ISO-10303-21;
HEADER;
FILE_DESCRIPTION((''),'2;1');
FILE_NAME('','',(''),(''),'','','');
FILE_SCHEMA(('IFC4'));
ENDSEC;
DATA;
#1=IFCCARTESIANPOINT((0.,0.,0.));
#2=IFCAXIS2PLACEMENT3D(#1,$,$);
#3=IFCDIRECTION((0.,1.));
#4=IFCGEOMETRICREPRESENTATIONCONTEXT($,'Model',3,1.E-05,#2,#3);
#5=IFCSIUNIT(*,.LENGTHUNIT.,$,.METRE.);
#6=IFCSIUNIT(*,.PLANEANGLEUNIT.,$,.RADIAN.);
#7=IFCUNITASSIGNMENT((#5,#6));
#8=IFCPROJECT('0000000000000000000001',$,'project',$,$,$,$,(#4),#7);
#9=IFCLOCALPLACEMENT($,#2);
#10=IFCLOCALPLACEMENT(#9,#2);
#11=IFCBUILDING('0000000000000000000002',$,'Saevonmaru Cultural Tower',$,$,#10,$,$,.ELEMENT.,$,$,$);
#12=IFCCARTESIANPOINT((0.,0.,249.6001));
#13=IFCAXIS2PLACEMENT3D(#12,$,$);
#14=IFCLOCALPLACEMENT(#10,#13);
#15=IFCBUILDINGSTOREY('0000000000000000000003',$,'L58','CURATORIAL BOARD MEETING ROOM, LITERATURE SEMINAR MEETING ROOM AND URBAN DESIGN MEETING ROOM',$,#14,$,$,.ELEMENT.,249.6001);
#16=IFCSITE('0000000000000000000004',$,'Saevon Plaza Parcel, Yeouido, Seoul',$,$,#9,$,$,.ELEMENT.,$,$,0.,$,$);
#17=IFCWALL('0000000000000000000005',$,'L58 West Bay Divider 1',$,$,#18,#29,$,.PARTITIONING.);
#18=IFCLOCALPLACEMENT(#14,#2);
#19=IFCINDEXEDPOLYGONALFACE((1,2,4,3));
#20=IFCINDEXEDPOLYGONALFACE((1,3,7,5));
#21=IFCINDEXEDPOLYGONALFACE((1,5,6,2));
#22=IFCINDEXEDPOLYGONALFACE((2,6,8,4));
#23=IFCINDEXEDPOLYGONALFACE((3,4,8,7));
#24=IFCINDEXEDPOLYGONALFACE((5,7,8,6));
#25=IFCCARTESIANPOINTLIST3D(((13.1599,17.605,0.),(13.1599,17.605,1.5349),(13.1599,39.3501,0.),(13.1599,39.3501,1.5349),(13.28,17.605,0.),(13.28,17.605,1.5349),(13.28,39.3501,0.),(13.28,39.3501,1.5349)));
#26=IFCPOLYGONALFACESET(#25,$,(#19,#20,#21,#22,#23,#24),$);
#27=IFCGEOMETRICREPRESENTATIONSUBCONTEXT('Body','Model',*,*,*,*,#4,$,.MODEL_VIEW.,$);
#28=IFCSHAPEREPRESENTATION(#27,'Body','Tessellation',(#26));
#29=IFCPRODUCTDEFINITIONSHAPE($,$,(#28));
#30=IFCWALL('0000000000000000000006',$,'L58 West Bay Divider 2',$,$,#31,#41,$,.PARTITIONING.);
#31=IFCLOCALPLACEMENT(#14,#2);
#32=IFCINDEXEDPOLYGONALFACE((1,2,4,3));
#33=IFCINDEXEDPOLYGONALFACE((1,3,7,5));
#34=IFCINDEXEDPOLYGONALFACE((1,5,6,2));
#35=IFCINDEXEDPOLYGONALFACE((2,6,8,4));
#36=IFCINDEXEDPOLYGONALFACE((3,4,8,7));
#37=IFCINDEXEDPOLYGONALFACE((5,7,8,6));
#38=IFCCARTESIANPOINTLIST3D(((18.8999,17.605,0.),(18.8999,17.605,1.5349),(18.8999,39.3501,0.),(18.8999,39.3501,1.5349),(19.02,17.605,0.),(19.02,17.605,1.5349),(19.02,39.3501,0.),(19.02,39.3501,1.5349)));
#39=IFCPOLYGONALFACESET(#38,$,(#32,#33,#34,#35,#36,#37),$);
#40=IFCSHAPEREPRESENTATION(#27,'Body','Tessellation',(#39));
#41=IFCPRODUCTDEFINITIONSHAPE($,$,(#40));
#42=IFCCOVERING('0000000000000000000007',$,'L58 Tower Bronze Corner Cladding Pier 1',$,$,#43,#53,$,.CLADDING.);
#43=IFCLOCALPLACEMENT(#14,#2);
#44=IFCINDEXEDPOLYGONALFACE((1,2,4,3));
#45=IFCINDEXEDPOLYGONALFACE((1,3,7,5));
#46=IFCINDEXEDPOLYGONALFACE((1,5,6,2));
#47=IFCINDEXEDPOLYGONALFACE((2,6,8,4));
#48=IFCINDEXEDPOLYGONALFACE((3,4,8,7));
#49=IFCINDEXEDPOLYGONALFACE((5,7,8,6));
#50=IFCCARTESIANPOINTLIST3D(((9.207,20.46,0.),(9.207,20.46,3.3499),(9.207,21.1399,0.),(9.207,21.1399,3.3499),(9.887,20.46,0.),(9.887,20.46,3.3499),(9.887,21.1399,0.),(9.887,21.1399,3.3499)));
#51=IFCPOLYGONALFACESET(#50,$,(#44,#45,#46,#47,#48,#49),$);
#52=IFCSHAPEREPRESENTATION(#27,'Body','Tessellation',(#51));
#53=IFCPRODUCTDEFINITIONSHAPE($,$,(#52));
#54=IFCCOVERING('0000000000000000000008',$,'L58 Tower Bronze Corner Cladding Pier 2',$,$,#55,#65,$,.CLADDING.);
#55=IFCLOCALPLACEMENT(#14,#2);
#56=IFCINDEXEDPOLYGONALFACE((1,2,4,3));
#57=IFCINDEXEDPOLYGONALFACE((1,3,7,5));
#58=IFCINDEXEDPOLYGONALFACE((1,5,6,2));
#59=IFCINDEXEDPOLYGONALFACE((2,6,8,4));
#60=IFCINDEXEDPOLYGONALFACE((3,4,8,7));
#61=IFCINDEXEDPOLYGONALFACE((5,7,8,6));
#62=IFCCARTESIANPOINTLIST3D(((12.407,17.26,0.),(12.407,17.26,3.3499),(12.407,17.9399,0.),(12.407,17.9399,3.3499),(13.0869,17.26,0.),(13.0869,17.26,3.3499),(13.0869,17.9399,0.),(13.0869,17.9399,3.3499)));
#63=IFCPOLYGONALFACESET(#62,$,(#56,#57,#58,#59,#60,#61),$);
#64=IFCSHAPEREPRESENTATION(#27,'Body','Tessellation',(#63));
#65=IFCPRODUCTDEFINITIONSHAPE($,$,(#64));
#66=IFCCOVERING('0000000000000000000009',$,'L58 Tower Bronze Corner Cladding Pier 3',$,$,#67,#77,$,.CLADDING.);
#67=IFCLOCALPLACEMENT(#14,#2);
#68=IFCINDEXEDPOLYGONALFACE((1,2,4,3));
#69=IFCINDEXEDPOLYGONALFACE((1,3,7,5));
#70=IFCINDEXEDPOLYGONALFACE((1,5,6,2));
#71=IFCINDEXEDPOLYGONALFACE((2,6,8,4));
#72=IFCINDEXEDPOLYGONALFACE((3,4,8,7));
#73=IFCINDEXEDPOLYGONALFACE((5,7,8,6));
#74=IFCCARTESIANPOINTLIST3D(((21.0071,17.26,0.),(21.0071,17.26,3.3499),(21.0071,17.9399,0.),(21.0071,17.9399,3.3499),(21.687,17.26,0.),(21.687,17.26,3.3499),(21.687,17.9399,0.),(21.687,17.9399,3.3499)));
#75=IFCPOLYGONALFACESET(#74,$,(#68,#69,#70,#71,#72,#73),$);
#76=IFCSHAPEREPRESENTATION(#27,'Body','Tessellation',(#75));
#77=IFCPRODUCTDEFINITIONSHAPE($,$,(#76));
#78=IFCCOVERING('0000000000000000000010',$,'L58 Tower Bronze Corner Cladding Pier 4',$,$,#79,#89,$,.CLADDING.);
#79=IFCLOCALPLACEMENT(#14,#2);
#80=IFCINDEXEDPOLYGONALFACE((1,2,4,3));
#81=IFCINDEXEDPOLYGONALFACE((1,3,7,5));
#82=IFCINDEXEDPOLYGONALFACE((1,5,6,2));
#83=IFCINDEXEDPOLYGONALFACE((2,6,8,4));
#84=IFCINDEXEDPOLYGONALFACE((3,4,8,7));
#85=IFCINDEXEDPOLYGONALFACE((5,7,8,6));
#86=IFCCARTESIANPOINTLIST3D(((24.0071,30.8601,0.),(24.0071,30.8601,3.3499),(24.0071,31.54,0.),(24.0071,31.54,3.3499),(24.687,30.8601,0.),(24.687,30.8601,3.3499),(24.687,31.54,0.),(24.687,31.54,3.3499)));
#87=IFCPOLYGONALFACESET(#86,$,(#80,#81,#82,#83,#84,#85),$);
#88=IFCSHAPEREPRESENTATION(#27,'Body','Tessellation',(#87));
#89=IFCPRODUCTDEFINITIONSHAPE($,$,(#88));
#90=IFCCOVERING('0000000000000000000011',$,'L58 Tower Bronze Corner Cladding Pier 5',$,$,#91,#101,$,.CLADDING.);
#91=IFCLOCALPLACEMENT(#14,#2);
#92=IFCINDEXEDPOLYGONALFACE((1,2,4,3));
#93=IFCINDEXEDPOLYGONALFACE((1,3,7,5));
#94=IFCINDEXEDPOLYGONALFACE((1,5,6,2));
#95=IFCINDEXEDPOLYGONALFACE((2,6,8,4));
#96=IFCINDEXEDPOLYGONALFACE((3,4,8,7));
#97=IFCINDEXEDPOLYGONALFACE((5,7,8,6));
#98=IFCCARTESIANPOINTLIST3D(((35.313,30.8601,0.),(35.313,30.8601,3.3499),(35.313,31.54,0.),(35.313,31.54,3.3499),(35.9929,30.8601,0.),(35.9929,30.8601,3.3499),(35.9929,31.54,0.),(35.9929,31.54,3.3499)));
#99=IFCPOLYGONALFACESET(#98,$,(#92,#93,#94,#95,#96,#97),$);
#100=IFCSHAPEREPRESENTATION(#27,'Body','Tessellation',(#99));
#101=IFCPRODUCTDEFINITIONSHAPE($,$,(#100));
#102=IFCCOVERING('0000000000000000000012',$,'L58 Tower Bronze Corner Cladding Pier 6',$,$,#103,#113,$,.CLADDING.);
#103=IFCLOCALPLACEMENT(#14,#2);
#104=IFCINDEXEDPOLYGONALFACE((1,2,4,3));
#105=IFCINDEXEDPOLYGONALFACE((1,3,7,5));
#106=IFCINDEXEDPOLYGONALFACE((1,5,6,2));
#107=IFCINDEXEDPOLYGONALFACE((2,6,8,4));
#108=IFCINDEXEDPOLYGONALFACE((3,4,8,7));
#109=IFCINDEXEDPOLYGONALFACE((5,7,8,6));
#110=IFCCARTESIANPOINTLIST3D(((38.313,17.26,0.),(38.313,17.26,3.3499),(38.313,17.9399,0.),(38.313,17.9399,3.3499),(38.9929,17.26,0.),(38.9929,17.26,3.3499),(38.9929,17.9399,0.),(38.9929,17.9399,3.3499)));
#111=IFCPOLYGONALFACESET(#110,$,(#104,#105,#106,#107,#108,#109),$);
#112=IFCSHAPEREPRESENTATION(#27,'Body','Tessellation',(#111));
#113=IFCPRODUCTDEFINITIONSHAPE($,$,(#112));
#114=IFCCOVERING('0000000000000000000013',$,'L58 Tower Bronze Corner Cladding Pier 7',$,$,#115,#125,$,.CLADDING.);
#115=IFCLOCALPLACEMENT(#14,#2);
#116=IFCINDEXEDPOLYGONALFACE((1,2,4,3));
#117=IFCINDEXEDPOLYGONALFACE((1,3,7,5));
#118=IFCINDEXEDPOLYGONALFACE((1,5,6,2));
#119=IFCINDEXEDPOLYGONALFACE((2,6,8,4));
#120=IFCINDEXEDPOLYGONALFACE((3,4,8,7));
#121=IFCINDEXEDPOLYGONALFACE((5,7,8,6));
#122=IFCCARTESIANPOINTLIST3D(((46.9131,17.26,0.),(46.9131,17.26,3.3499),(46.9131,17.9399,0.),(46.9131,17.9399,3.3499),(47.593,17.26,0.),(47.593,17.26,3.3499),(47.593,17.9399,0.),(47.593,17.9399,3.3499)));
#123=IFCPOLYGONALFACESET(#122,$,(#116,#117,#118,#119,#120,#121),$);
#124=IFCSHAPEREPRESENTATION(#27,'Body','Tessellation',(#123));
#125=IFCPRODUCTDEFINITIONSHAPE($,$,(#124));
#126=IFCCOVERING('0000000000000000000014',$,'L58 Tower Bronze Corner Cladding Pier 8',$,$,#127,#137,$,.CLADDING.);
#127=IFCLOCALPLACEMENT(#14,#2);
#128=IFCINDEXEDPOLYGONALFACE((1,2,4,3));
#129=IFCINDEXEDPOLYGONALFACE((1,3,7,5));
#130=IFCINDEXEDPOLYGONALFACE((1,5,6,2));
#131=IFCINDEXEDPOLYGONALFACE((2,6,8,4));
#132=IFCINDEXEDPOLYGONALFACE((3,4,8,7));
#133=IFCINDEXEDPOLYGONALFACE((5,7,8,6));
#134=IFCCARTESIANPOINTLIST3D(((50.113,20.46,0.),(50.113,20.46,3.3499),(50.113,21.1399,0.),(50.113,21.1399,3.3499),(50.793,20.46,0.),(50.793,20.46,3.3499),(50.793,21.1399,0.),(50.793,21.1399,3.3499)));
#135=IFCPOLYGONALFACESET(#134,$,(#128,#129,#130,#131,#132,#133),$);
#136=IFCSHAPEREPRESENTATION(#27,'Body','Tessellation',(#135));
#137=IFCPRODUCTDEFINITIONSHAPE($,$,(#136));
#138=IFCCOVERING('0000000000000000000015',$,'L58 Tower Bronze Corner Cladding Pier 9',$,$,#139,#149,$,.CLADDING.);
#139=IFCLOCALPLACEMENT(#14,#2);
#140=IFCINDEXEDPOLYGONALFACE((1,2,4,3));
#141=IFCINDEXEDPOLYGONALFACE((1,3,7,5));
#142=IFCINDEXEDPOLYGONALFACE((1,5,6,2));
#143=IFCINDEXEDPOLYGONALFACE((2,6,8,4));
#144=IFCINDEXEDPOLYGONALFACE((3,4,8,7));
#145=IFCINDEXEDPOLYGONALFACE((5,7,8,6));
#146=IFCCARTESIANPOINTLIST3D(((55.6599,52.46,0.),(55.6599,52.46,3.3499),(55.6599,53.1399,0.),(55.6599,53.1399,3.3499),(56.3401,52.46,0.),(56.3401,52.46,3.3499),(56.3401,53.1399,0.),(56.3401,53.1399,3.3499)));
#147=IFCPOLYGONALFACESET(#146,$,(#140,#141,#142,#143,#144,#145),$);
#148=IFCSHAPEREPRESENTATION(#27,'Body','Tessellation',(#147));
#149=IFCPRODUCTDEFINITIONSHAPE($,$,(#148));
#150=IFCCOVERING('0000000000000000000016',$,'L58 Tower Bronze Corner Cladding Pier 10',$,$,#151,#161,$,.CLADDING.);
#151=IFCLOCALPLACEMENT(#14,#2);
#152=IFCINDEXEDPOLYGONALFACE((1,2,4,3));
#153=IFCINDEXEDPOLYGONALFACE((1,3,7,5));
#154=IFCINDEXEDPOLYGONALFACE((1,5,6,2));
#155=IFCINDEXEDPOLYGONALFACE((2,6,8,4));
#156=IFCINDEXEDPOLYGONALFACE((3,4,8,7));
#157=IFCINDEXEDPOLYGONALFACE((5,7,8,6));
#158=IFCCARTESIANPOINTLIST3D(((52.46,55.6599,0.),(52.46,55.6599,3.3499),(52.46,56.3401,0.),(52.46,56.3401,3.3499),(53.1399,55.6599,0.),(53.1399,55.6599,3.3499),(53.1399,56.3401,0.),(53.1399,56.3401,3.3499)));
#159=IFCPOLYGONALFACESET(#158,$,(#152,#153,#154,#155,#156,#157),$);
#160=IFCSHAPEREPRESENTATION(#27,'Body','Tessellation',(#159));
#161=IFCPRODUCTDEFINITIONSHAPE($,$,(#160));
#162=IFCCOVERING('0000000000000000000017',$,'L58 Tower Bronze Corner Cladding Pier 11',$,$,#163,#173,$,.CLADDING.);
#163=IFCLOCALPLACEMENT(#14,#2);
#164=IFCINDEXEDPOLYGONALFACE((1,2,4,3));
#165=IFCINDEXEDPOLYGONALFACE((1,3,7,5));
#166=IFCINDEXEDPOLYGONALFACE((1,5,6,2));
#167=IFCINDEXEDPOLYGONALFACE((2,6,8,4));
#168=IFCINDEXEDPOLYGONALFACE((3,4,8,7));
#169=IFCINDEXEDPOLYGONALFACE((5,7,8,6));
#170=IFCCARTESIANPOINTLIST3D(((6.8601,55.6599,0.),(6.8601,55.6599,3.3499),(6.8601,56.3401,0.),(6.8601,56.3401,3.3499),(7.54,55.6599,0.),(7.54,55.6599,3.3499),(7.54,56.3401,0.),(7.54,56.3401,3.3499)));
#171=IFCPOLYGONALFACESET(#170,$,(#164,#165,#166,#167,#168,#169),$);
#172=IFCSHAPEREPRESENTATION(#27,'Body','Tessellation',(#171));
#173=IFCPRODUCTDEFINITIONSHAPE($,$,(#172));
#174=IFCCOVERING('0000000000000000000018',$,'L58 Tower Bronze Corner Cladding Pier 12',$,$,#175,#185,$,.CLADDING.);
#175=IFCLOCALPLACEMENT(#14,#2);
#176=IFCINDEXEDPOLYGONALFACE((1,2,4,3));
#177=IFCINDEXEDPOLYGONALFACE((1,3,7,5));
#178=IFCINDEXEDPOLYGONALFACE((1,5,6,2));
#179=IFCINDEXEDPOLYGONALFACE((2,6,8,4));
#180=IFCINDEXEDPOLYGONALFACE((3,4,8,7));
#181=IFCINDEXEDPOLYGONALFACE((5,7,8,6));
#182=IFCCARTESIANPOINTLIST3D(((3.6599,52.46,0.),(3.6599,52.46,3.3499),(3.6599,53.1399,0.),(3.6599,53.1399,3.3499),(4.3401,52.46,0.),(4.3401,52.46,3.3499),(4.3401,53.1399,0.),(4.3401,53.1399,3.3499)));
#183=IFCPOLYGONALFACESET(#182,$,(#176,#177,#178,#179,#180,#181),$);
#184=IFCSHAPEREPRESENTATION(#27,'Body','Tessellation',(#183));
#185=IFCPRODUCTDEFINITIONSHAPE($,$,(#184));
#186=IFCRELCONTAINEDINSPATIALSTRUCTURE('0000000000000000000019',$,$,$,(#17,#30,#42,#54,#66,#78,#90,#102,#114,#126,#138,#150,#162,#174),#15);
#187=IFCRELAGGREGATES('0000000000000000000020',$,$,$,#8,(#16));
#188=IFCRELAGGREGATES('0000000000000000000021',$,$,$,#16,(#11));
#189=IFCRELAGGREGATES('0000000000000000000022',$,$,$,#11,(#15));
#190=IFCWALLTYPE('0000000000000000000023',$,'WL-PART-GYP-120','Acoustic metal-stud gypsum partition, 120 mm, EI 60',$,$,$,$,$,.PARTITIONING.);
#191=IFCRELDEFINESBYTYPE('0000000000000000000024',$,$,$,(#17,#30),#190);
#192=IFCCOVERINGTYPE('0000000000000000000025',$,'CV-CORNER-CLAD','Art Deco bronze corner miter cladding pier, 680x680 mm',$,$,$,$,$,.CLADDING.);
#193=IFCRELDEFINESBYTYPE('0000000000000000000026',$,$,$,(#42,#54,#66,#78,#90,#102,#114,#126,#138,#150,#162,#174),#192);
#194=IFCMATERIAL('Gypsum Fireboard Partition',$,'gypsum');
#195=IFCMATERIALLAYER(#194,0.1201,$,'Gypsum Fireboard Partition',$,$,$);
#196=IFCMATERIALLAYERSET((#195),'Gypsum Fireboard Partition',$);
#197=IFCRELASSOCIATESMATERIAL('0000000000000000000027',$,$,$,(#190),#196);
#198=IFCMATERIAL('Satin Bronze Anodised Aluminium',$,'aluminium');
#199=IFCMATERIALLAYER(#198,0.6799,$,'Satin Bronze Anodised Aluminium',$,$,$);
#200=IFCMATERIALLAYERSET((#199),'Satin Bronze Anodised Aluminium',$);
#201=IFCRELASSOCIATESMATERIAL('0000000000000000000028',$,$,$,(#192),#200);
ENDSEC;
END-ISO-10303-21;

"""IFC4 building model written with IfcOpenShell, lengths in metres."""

from ifc_helpers import new_model, si_unit, direction, frame, frame_2d, origin, place, context, subcontext, project, spatial, polyline, rectangle, outline, extrude, material, layer, layer_set, type_object, element, save


model = new_model("IFC4")

# Units and contexts
model_context = context("Model", 3, precision=1e-05, world=origin(), true_north=direction((0.0, 1.0)))
body_context = subcontext(model_context, "Body", "Model", "MODEL_VIEW")
ifc_project = project(units=[si_unit("LENGTHUNIT", "METRE"), si_unit("PLANEANGLEUNIT", "RADIAN")], contexts=[model_context])

# Site, building, storey
site_placement = place(None, origin())
site = spatial("IfcSite", under=ifc_project, at=site_placement, Name="Saevon Plaza Parcel, Yeouido, Seoul", CompositionType="ELEMENT", RefElevation=0.0)
building_placement = place(site_placement, origin())
building = spatial("IfcBuilding", under=site, at=building_placement, Name="Saevonmaru Cultural Tower", CompositionType="ELEMENT")
storey_placement = place(building_placement, frame((0.0, 0.0, 249.6001)))
storey = spatial("IfcBuildingStorey", under=building, at=storey_placement, Name="L58", Description="CURATORIAL BOARD MEETING ROOM, LITERATURE SEMINAR MEETING ROOM AND URBAN DESIGN MEETING ROOM", CompositionType="ELEMENT", Elevation=249.6001)

# Shared definitions
ifc_material_1 = material(Name="Satin Bronze Anodised Aluminium", Category="aluminium")

# Walls
ifc_material_2 = material(Name="Gypsum Fireboard Partition", Category="gypsum")
ifc_layer_1 = layer(ifc_material_2, 0.1201, Name="Gypsum Fireboard Partition")
ifc_layer_set_1 = layer_set([ifc_layer_1], Name="Gypsum Fireboard Partition")
wall_type_1 = type_object("IfcWallType", Name="WL-PART-GYP-120", Description="Acoustic metal-stud gypsum partition, 120 mm, EI 60", PredefinedType="PARTITIONING", material=ifc_layer_set_1)
for number, where, z_axis, x_axis, name in (
    (1, (13.22, 17.605, 0.0), (0.0, 0.0, 1.0), (0.0, 1.0, 0.0), "L58 West Bay Divider 1"),
    (2, (18.96, 17.605, 0.0), (0.0, 0.0, 1.0), (0.0, 1.0, 0.0), "L58 West Bay Divider 2"),
):
    element("IfcWall", number, at=place(storey_placement, frame(where, z_axis=z_axis, x_axis=x_axis)), inside=storey, type_object=wall_type_1, Name=name, PredefinedType="PARTITIONING", context=body_context, shape_type="SweptSolid", body=[
        extrude(rectangle(XDim=21.7451, YDim=0.1201, at=frame_2d((10.8726, 0.0))), origin(), (0.0, 0.0, 1.0), 1.5349),
    ])

# Coverings
ifc_layer_2 = layer(ifc_material_1, 0.6799, Name="Satin Bronze Anodised Aluminium")
ifc_layer_set_2 = layer_set([ifc_layer_2], Name="Satin Bronze Anodised Aluminium")
covering_type = type_object("IfcCoveringType", Name="CV-CORNER-CLAD", Description="Art Deco bronze corner miter cladding pier, 680x680 mm", PredefinedType="CLADDING", material=ifc_layer_set_2)
covering_1_placement = place(storey_placement, origin())
element("IfcCovering", 3, at=covering_1_placement, inside=storey, type_object=covering_type, Name="L58 Tower Bronze Corner Cladding Pier 1", PredefinedType="CLADDING", context=body_context, shape_type="SweptSolid", body=[
    extrude(outline(polyline([(9.207, 20.46), (9.887, 20.46), (9.887, 21.1399), (9.207, 21.1399), (9.207, 20.46)])), origin(), (0.0, 0.0, 1.0), 3.3499),
])
covering_2_placement = place(storey_placement, origin())
element("IfcCovering", 4, at=covering_2_placement, inside=storey, type_object=covering_type, Name="L58 Tower Bronze Corner Cladding Pier 2", PredefinedType="CLADDING", context=body_context, shape_type="SweptSolid", body=[
    extrude(outline(polyline([(12.407, 17.26), (13.0869, 17.26), (13.0869, 17.9399), (12.407, 17.9399), (12.407, 17.26)])), origin(), (0.0, 0.0, 1.0), 3.3499),
])
covering_3_placement = place(storey_placement, origin())
element("IfcCovering", 5, at=covering_3_placement, inside=storey, type_object=covering_type, Name="L58 Tower Bronze Corner Cladding Pier 3", PredefinedType="CLADDING", context=body_context, shape_type="SweptSolid", body=[
    extrude(outline(polyline([(21.0071, 17.26), (21.687, 17.26), (21.687, 17.9399), (21.0071, 17.9399), (21.0071, 17.26)])), origin(), (0.0, 0.0, 1.0), 3.3499),
])
covering_4_placement = place(storey_placement, origin())
element("IfcCovering", 6, at=covering_4_placement, inside=storey, type_object=covering_type, Name="L58 Tower Bronze Corner Cladding Pier 4", PredefinedType="CLADDING", context=body_context, shape_type="SweptSolid", body=[
    extrude(outline(polyline([(24.0071, 30.8601), (24.687, 30.8601), (24.687, 31.54), (24.0071, 31.54), (24.0071, 30.8601)])), origin(), (0.0, 0.0, 1.0), 3.3499),
])
covering_5_placement = place(storey_placement, origin())
element("IfcCovering", 7, at=covering_5_placement, inside=storey, type_object=covering_type, Name="L58 Tower Bronze Corner Cladding Pier 5", PredefinedType="CLADDING", context=body_context, shape_type="SweptSolid", body=[
    extrude(outline(polyline([(35.313, 30.8601), (35.9929, 30.8601), (35.9929, 31.54), (35.313, 31.54), (35.313, 30.8601)])), origin(), (0.0, 0.0, 1.0), 3.3499),
])
covering_6_placement = place(storey_placement, origin())
element("IfcCovering", 8, at=covering_6_placement, inside=storey, type_object=covering_type, Name="L58 Tower Bronze Corner Cladding Pier 6", PredefinedType="CLADDING", context=body_context, shape_type="SweptSolid", body=[
    extrude(outline(polyline([(38.313, 17.26), (38.9929, 17.26), (38.9929, 17.9399), (38.313, 17.9399), (38.313, 17.26)])), origin(), (0.0, 0.0, 1.0), 3.3499),
])
covering_7_placement = place(storey_placement, origin())
element("IfcCovering", 9, at=covering_7_placement, inside=storey, type_object=covering_type, Name="L58 Tower Bronze Corner Cladding Pier 7", PredefinedType="CLADDING", context=body_context, shape_type="SweptSolid", body=[
    extrude(outline(polyline([(46.9131, 17.26), (47.593, 17.26), (47.593, 17.9399), (46.9131, 17.9399), (46.9131, 17.26)])), origin(), (0.0, 0.0, 1.0), 3.3499),
])
covering_8_placement = place(storey_placement, origin())
element("IfcCovering", 10, at=covering_8_placement, inside=storey, type_object=covering_type, Name="L58 Tower Bronze Corner Cladding Pier 8", PredefinedType="CLADDING", context=body_context, shape_type="SweptSolid", body=[
    extrude(outline(polyline([(50.113, 20.46), (50.793, 20.46), (50.793, 21.1399), (50.113, 21.1399), (50.113, 20.46)])), origin(), (0.0, 0.0, 1.0), 3.3499),
])
covering_9_placement = place(storey_placement, origin())
element("IfcCovering", 11, at=covering_9_placement, inside=storey, type_object=covering_type, Name="L58 Tower Bronze Corner Cladding Pier 9", PredefinedType="CLADDING", context=body_context, shape_type="SweptSolid", body=[
    extrude(outline(polyline([(55.6599, 52.46), (56.3401, 52.46), (56.3401, 53.1399), (55.6599, 53.1399), (55.6599, 52.46)])), origin(), (0.0, 0.0, 1.0), 3.3499),
])
covering_10_placement = place(storey_placement, origin())
element("IfcCovering", 12, at=covering_10_placement, inside=storey, type_object=covering_type, Name="L58 Tower Bronze Corner Cladding Pier 10", PredefinedType="CLADDING", context=body_context, shape_type="SweptSolid", body=[
    extrude(outline(polyline([(52.46, 55.6599), (53.1399, 55.6599), (53.1399, 56.3401), (52.46, 56.3401), (52.46, 55.6599)])), origin(), (0.0, 0.0, 1.0), 3.3499),
])
covering_11_placement = place(storey_placement, origin())
element("IfcCovering", 13, at=covering_11_placement, inside=storey, type_object=covering_type, Name="L58 Tower Bronze Corner Cladding Pier 11", PredefinedType="CLADDING", context=body_context, shape_type="SweptSolid", body=[
    extrude(outline(polyline([(6.8601, 55.6599), (7.54, 55.6599), (7.54, 56.3401), (6.8601, 56.3401), (6.8601, 55.6599)])), origin(), (0.0, 0.0, 1.0), 3.3499),
])
covering_12_placement = place(storey_placement, origin())
element("IfcCovering", 14, at=covering_12_placement, inside=storey, type_object=covering_type, Name="L58 Tower Bronze Corner Cladding Pier 12", PredefinedType="CLADDING", context=body_context, shape_type="SweptSolid", body=[
    extrude(outline(polyline([(3.6599, 52.46), (4.3401, 52.46), (4.3401, 53.1399), (3.6599, 53.1399), (3.6599, 52.46)])), origin(), (0.0, 0.0, 1.0), 3.3499),
])

save(model, "model.ifc")
